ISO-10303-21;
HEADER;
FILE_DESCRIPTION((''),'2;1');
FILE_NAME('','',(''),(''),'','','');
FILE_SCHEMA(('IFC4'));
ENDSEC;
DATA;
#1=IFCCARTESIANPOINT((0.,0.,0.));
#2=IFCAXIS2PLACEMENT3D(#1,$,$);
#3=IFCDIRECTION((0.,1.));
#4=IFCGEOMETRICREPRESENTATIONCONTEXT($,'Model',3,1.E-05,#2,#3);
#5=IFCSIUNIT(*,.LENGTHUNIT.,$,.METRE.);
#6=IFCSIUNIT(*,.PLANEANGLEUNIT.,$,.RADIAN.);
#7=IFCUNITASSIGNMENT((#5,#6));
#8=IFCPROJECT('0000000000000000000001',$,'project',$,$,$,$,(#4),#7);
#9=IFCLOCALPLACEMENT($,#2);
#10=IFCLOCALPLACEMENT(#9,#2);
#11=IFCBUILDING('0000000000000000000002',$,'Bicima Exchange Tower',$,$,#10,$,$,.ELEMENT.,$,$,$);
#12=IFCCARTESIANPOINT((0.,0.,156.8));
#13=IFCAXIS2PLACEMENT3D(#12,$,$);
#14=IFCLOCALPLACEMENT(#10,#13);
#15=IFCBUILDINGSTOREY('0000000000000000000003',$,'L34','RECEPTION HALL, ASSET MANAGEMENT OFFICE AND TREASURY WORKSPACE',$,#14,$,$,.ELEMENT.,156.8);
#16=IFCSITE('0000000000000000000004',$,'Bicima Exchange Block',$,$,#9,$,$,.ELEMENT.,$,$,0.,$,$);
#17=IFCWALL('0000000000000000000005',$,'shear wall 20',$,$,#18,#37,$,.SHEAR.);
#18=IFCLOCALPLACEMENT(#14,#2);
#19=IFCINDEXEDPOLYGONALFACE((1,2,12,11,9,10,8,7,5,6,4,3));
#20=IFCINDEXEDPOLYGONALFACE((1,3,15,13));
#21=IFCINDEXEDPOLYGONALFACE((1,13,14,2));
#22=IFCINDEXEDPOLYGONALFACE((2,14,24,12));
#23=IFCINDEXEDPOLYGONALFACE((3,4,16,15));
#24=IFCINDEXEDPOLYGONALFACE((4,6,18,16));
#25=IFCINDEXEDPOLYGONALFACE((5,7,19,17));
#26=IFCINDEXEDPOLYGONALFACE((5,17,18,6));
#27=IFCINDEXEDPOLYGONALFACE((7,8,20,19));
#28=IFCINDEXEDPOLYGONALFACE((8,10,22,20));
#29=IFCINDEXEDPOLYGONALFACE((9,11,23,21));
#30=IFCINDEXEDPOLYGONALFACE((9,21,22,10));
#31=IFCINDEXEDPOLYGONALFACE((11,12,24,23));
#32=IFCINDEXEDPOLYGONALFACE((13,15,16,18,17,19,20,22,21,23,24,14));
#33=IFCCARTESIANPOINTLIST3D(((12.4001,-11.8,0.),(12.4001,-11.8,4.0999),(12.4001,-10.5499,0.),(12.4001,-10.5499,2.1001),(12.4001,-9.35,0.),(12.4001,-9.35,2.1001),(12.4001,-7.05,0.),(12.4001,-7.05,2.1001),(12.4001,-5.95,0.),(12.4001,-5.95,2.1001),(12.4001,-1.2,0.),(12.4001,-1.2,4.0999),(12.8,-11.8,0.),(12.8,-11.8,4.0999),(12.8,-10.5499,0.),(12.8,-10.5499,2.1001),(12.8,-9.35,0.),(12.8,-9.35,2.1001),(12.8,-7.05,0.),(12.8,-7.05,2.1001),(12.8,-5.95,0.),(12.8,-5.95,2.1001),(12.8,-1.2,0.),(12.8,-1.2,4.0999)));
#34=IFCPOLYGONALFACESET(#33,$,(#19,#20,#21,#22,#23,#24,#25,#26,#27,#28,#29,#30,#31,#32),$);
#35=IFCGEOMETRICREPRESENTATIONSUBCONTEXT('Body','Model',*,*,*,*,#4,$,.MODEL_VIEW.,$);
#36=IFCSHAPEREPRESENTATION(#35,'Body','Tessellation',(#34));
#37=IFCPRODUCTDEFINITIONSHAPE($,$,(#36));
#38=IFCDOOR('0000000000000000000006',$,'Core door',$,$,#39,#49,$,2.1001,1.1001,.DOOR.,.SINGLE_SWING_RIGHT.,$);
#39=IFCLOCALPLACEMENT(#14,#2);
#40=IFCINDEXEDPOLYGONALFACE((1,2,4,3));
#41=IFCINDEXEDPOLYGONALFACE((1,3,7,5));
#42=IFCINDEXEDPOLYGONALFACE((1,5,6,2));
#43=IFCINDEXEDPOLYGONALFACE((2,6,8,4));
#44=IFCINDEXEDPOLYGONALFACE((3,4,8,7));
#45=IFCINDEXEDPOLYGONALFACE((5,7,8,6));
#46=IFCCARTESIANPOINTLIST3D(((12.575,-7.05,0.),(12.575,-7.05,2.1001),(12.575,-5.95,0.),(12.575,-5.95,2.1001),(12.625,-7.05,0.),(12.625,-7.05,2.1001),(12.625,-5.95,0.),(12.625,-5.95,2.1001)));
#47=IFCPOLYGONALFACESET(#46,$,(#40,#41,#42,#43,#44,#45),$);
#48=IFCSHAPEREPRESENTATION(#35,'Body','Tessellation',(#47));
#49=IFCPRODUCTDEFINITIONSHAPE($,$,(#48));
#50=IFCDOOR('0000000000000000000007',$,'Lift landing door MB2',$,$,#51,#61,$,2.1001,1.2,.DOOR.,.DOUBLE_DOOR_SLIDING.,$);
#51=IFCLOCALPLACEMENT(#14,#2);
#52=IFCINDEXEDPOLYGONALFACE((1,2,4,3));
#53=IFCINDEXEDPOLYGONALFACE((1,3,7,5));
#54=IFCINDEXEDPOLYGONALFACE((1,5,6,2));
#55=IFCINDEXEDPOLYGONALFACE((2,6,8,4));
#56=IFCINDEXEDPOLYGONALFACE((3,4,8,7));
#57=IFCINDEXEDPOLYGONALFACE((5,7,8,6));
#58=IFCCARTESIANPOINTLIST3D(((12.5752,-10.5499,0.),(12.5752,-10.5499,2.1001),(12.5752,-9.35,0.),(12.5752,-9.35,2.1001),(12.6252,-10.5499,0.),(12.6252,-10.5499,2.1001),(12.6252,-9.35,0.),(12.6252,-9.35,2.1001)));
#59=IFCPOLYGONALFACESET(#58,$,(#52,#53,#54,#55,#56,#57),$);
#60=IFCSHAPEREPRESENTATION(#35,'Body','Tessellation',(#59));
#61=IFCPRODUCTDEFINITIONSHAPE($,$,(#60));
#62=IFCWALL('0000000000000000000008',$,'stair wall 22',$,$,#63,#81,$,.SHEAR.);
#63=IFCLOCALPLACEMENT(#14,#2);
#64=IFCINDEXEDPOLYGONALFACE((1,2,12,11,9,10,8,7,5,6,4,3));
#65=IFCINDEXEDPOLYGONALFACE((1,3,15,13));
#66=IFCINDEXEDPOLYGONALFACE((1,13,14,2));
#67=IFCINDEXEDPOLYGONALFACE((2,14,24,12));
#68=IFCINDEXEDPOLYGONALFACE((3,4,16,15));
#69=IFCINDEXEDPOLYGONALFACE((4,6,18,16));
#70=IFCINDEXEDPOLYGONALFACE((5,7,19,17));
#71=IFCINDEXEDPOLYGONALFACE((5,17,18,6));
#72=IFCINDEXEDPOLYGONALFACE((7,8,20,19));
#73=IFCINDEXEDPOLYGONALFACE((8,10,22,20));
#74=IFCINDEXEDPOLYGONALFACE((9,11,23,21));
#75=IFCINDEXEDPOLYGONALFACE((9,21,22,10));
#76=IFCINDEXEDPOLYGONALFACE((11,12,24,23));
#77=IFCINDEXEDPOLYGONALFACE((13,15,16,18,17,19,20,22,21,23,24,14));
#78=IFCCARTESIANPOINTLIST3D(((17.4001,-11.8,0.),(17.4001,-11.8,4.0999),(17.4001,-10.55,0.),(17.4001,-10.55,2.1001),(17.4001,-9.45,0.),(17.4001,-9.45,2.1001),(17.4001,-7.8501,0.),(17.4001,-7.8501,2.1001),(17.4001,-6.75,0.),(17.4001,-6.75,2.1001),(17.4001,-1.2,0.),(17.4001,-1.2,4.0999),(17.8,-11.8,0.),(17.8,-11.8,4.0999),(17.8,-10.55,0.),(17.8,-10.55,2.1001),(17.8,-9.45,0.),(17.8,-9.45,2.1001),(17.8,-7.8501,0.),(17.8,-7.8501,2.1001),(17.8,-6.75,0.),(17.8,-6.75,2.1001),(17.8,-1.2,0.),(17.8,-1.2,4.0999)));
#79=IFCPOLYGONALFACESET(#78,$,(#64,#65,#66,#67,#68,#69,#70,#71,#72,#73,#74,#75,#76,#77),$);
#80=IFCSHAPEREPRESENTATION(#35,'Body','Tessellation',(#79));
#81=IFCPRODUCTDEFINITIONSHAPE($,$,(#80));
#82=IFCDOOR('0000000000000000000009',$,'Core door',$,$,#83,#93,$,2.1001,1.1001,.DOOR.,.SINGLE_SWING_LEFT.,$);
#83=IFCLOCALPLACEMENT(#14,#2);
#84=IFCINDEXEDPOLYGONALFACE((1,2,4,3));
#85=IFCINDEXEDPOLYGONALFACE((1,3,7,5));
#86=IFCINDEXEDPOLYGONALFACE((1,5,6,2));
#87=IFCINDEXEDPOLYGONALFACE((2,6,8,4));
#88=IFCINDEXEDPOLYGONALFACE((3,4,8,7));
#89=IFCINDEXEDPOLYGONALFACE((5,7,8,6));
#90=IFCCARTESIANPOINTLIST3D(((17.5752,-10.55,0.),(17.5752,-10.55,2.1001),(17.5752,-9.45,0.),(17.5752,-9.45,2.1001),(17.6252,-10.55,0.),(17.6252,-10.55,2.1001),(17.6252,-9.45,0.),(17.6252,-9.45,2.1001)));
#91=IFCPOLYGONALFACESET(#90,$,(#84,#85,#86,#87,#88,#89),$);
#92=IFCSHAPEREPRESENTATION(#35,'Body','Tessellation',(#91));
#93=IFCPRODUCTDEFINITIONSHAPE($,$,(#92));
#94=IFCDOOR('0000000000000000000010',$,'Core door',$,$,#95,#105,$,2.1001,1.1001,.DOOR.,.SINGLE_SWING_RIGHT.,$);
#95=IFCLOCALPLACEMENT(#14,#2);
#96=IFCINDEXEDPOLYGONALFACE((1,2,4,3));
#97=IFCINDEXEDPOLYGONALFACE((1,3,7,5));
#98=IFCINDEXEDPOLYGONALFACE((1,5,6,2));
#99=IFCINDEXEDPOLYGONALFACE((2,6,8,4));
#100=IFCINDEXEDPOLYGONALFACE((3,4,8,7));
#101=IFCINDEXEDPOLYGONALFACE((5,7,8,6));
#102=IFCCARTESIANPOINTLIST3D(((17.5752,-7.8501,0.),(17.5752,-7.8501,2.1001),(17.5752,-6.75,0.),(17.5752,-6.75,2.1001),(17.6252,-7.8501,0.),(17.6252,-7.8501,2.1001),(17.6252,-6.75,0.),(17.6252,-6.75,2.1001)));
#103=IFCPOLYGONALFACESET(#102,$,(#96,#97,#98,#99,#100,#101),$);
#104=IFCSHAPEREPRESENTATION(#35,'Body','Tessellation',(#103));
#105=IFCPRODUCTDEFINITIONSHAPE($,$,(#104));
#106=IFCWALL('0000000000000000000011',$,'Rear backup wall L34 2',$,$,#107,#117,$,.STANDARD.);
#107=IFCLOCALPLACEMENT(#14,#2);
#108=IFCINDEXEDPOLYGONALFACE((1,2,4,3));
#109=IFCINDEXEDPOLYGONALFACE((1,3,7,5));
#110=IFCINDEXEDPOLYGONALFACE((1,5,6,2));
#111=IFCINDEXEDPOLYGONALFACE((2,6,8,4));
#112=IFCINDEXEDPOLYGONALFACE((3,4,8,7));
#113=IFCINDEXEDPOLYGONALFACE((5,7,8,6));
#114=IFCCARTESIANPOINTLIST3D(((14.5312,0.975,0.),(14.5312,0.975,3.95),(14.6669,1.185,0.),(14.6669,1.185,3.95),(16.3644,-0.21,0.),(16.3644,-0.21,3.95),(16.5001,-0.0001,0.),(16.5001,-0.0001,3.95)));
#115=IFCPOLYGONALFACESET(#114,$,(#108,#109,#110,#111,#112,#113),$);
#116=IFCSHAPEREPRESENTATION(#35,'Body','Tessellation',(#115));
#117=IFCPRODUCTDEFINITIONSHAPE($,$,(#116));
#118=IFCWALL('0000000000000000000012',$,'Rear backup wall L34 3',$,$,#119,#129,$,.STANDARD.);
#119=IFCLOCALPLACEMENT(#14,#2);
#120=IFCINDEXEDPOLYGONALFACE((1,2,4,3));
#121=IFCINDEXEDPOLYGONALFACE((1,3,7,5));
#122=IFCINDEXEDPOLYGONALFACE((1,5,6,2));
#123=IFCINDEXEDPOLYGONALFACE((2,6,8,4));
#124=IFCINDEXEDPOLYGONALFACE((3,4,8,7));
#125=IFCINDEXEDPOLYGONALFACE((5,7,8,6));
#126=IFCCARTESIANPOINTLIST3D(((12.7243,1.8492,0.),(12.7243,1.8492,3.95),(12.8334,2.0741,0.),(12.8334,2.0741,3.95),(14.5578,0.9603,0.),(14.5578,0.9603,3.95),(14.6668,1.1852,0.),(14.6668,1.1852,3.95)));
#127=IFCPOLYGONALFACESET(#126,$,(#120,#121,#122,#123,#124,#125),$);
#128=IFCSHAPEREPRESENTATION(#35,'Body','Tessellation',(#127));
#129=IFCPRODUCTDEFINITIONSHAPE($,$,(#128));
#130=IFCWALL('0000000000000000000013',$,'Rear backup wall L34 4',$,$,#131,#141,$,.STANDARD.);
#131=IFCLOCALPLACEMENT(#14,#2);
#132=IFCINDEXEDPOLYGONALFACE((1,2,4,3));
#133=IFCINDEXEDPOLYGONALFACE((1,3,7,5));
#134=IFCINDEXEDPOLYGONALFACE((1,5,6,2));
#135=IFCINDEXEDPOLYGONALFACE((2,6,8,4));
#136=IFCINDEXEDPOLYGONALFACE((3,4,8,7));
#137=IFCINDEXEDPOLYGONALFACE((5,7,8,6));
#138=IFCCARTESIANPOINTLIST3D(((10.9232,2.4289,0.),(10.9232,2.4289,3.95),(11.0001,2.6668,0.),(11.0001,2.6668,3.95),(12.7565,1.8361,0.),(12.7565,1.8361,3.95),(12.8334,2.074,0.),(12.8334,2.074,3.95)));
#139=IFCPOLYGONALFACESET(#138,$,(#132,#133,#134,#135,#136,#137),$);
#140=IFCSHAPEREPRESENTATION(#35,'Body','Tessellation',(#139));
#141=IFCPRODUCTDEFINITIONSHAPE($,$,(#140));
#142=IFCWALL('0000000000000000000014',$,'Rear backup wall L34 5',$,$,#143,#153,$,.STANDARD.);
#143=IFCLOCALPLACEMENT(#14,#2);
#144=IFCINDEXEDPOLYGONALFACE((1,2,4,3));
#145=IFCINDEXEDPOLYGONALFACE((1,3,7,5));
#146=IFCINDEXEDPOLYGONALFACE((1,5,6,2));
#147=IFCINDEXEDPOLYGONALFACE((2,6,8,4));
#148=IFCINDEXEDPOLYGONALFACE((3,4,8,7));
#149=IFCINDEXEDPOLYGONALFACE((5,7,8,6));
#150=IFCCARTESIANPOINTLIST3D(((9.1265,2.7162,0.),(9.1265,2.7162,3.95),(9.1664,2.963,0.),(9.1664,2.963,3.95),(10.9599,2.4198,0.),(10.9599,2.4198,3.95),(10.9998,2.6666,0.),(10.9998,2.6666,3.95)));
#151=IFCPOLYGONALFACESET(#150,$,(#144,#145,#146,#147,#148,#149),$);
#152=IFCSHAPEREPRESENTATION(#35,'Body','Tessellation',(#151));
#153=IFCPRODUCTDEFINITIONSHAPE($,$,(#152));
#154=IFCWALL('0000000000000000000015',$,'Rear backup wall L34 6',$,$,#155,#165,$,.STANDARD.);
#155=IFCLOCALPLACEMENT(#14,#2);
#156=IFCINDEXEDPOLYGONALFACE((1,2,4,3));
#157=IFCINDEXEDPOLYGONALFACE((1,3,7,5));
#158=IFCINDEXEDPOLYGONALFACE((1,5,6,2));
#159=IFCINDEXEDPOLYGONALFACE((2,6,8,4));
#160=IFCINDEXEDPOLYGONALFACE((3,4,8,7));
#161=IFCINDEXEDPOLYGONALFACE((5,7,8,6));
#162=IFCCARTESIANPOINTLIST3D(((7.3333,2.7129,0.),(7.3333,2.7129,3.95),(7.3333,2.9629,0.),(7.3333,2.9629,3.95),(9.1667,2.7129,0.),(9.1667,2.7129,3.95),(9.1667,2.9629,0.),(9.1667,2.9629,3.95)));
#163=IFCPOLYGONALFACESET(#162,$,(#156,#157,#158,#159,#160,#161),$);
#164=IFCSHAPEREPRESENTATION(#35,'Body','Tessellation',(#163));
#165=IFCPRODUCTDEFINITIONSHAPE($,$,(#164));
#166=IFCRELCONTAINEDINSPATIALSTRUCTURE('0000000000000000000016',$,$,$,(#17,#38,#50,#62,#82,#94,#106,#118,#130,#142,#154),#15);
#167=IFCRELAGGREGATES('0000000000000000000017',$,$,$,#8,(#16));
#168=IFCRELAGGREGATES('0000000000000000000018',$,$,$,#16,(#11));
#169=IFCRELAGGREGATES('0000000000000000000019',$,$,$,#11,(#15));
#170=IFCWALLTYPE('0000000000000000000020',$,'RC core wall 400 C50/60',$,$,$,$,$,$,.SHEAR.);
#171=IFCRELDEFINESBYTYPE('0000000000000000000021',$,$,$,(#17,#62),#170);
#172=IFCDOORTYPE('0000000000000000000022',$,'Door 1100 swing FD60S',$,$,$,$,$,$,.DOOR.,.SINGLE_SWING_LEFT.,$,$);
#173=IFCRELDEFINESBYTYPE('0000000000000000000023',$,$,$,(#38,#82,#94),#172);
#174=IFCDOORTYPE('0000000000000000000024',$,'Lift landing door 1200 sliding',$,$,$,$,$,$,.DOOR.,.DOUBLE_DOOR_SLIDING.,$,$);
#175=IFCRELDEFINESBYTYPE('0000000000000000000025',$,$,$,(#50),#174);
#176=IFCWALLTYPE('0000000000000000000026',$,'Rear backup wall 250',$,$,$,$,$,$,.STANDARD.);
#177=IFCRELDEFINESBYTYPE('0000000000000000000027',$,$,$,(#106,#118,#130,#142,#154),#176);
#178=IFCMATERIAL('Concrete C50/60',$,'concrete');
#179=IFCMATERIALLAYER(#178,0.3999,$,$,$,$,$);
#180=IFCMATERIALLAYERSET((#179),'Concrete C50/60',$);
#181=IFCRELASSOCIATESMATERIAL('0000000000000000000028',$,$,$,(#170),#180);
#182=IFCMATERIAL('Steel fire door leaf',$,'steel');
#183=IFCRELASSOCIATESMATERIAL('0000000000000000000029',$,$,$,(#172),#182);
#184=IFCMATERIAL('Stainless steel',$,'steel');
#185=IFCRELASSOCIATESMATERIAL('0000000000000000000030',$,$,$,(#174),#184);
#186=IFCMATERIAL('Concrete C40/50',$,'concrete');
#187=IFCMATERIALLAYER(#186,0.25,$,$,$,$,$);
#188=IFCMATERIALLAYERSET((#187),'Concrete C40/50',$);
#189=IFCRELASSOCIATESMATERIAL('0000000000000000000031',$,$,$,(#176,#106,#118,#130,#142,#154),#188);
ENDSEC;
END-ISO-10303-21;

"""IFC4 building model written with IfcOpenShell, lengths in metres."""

from ifc_helpers import new_model, si_unit, direction, frame, frame_2d, origin, place, context, subcontext, project, spatial, rectangle, extrude, material, layer, layer_set, layer_usage, type_object, element, fill, save


model = new_model("IFC4")

# Units and contexts
model_context = context("Model", 3, precision=1e-05, world=origin(), true_north=direction((0.0, 1.0)))
body_context = subcontext(model_context, "Body", "Model", "MODEL_VIEW")
ifc_project = project(units=[si_unit("LENGTHUNIT", "METRE"), si_unit("PLANEANGLEUNIT", "RADIAN")], contexts=[model_context])

# Site, building, storey
site_placement = place(None, origin())
site = spatial("IfcSite", under=ifc_project, at=site_placement, Name="Bicima Exchange Block", CompositionType="ELEMENT", RefElevation=0.0)
building_placement = place(site_placement, origin())
building = spatial("IfcBuilding", under=site, at=building_placement, Name="Bicima Exchange Tower", CompositionType="ELEMENT")
storey_placement = place(building_placement, frame((0.0, 0.0, 156.8)))
storey = spatial("IfcBuildingStorey", under=building, at=storey_placement, Name="L34", Description="RECEPTION HALL, ASSET MANAGEMENT OFFICE AND TREASURY WORKSPACE", CompositionType="ELEMENT", Elevation=156.8)

# Shared definitions
ifc_material_1 = material(Name="Concrete C50/60", Category="concrete")
ifc_layer_1 = layer(ifc_material_1, 0.3999)
ifc_layer_set_1 = layer_set([ifc_layer_1], Name="Concrete C50/60")
wall_type_1 = type_object("IfcWallType", Name="RC core wall 400 C50/60", PredefinedType="SHEAR", material=ifc_layer_set_1)
ifc_material_2 = material(Name="Steel fire door leaf", Category="steel")

# Walls, openings, doors
wall_1_placement = place(storey_placement, frame((12.6001, -11.8, 0.0), z_axis=(0.0, 0.0, 1.0), x_axis=(0.0, 1.0, 0.0)))
wall_1 = element("IfcWall", 1, at=wall_1_placement, inside=storey, type_object=wall_type_1, Name="shear wall 20", PredefinedType="SHEAR", context=body_context, shape_type="SweptSolid", body=[
    extrude(rectangle(XDim=10.6001, YDim=0.3999, at=frame_2d((5.3, 0.0))), origin(), (0.0, 0.0, 1.0), 4.0999),
])
opening_1_placement = place(wall_1_placement, frame((1.25, 0.0, 0.0)))
opening_1 = element("IfcOpeningElement", 2, at=opening_1_placement, cuts=wall_1, PredefinedType="OPENING", context=body_context, shape_type="SweptSolid", body=[
    extrude(rectangle(XDim=1.2, YDim=2.1001, at=frame_2d((0.6001, 1.05))), frame((0.0, 0.2119, 0.0), z_axis=(0.0, -1.0, 0.0), x_axis=(1.0, 0.0, 0.0)), (0.0, 0.0, 1.0), 0.4238),
])
opening_2_placement = place(wall_1_placement, frame((4.75, 0.0, 0.0)))
opening_2 = element("IfcOpeningElement", 3, at=opening_2_placement, cuts=wall_1, PredefinedType="OPENING", context=body_context, shape_type="SweptSolid", body=[
    extrude(rectangle(XDim=1.1001, YDim=2.1001, at=frame_2d((0.55, 1.05))), frame((0.0, 0.2119, 0.0), z_axis=(0.0, -1.0, 0.0), x_axis=(1.0, 0.0, 0.0)), (0.0, 0.0, 1.0), 0.4238),
])
door_type_1 = type_object("IfcDoorType", Name="Door 1100 swing FD60S", OperationType="SINGLE_SWING_LEFT", PredefinedType="DOOR", material=ifc_material_2)
door_1_placement = place(opening_2_placement, frame((1.1001, 0.0, 0.0), z_axis=(0.0, 0.0, 1.0), x_axis=(-1.0, 0.0, 0.0)))
door_1 = element("IfcDoor", 4, at=door_1_placement, inside=storey, type_object=door_type_1, Name="Core door", OperationType="SINGLE_SWING_RIGHT", OverallHeight=2.1001, OverallWidth=1.1001, PredefinedType="DOOR", context=body_context, shape_type="SweptSolid", body=[
    extrude(rectangle(XDim=1.1001, YDim=2.1001, at=frame_2d((0.55, 1.05))), frame((0.0, 0.0249, 0.0), z_axis=(0.0, -1.0, 0.0), x_axis=(1.0, 0.0, 0.0)), (0.0, 0.0, 1.0), 0.05),
])
fill(opening_2, door_1)
ifc_material_3 = material(Name="Stainless steel", Category="steel")
door_type_2 = type_object("IfcDoorType", Name="Lift landing door 1200 sliding", OperationType="DOUBLE_DOOR_SLIDING", PredefinedType="DOOR", material=ifc_material_3)
door_2_placement = place(opening_1_placement, origin())
door_2 = element("IfcDoor", 5, at=door_2_placement, inside=storey, type_object=door_type_2, Name="Lift landing door MB2", OperationType="DOUBLE_DOOR_SLIDING", OverallHeight=2.1001, OverallWidth=1.2, PredefinedType="DOOR", context=body_context, shape_type="SweptSolid", body=[
    extrude(rectangle(XDim=1.2, YDim=2.1001, at=frame_2d((0.6001, 1.05))), frame((0.0, 0.0249, 0.0), z_axis=(0.0, -1.0, 0.0), x_axis=(1.0, 0.0, 0.0)), (0.0, 0.0, 1.0), 0.05),
])
fill(opening_1, door_2)
wall_2_placement = place(storey_placement, frame((17.6001, -11.8, 0.0), z_axis=(0.0, 0.0, 1.0), x_axis=(0.0, 1.0, 0.0)))
wall_2 = element("IfcWall", 6, at=wall_2_placement, inside=storey, type_object=wall_type_1, Name="stair wall 22", PredefinedType="SHEAR", context=body_context, shape_type="SweptSolid", body=[
    extrude(rectangle(XDim=10.6001, YDim=0.3999, at=frame_2d((5.3, 0.0))), origin(), (0.0, 0.0, 1.0), 4.0999),
])
opening_3_placement = place(wall_2_placement, frame((1.25, 0.0, 0.0)))
opening_3 = element("IfcOpeningElement", 7, at=opening_3_placement, cuts=wall_2, PredefinedType="OPENING", context=body_context, shape_type="SweptSolid", body=[
    extrude(rectangle(XDim=1.1001, YDim=2.1001, at=frame_2d((0.55, 1.05))), frame((0.0, 0.2119, 0.0), z_axis=(0.0, -1.0, 0.0), x_axis=(1.0, 0.0, 0.0)), (0.0, 0.0, 1.0), 0.4238),
])
opening_4_placement = place(wall_2_placement, frame((3.95, 0.0, 0.0)))
opening_4 = element("IfcOpeningElement", 8, at=opening_4_placement, cuts=wall_2, PredefinedType="OPENING", context=body_context, shape_type="SweptSolid", body=[
    extrude(rectangle(XDim=1.1001, YDim=2.1001, at=frame_2d((0.55, 1.05))), frame((0.0, 0.2119, 0.0), z_axis=(0.0, -1.0, 0.0), x_axis=(1.0, 0.0, 0.0)), (0.0, 0.0, 1.0), 0.4238),
])
door_3_placement = place(opening_3_placement, origin())
door_3 = element("IfcDoor", 9, at=door_3_placement, inside=storey, type_object=door_type_1, Name="Core door", OperationType="SINGLE_SWING_LEFT", OverallHeight=2.1001, OverallWidth=1.1001, PredefinedType="DOOR", context=body_context, shape_type="SweptSolid", body=[
    extrude(rectangle(XDim=1.1001, YDim=2.1001, at=frame_2d((0.55, 1.05))), frame((0.0, 0.0249, 0.0), z_axis=(0.0, -1.0, 0.0), x_axis=(1.0, 0.0, 0.0)), (0.0, 0.0, 1.0), 0.05),
])
fill(opening_3, door_3)
door_4_placement = place(opening_4_placement, origin())
door_4 = element("IfcDoor", 10, at=door_4_placement, inside=storey, type_object=door_type_1, Name="Core door", OperationType="SINGLE_SWING_RIGHT", OverallHeight=2.1001, OverallWidth=1.1001, PredefinedType="DOOR", context=body_context, shape_type="SweptSolid", body=[
    extrude(rectangle(XDim=1.1001, YDim=2.1001, at=frame_2d((0.55, 1.05))), frame((0.0, 0.0249, 0.0), z_axis=(0.0, -1.0, 0.0), x_axis=(1.0, 0.0, 0.0)), (0.0, 0.0, 1.0), 0.05),
])
fill(opening_4, door_4)

# Walls
ifc_material_4 = material(Name="Concrete C40/50", Category="concrete")
ifc_layer_2 = layer(ifc_material_4, 0.25)
ifc_layer_set_2 = layer_set([ifc_layer_2], Name="Concrete C40/50")
ifc_layer_usage = layer_usage(ifc_layer_set_2, "AXIS2", "POSITIVE", -0.125)
wall_type_2 = type_object("IfcWallType", Name="Rear backup wall 250", PredefinedType="STANDARD", material=ifc_layer_set_2)
wall_3_placement = place(storey_placement, frame((16.4321, -0.105, 0.0), z_axis=(0.0, 0.0, 1.0), x_axis=(-0.839813, 0.542876, 0.0)))
element("IfcWall", 11, at=wall_3_placement, inside=storey, type_object=wall_type_2, material=ifc_layer_usage, Name="Rear backup wall L34 2", PredefinedType="STANDARD", context=body_context, shape_type="SweptSolid", body=[
    extrude(rectangle(XDim=2.1829, YDim=0.25, at=frame_2d((1.0913, 0.0))), origin(), (0.0, 0.0, 1.0), 3.95),
])
wall_4_placement = place(storey_placement, frame((14.6123, 1.0728, 0.0), z_axis=(0.0, 0.0, 1.0), x_axis=(-0.899824, 0.436253, 0.0)))
element("IfcWall", 12, at=wall_4_placement, inside=storey, type_object=wall_type_2, material=ifc_layer_usage, Name="Rear backup wall L34 3", PredefinedType="STANDARD", context=body_context, shape_type="SweptSolid", body=[
    extrude(rectangle(XDim=2.0376, YDim=0.25, at=frame_2d((1.0188, 0.0))), origin(), (0.0, 0.0, 1.0), 3.95),
])
wall_5_placement = place(storey_placement, frame((12.7949, 1.9551, 0.0), z_axis=(0.0, 0.0, 1.0), x_axis=(-0.951496, 0.307662, 0.0)))
element("IfcWall", 13, at=wall_5_placement, inside=storey, type_object=wall_type_2, material=ifc_layer_usage, Name="Rear backup wall L34 4", PredefinedType="STANDARD", context=body_context, shape_type="SweptSolid", body=[
    extrude(rectangle(XDim=1.9268, YDim=0.25, at=frame_2d((0.9634, 0.0))), origin(), (0.0, 0.0, 1.0), 3.95),
])
wall_6_placement = place(storey_placement, frame((10.98, 2.5432, 0.0), z_axis=(0.0, 0.0, 1.0), x_axis=(-0.987182, 0.1596, 0.0)))
element("IfcWall", 14, at=wall_6_placement, inside=storey, type_object=wall_type_2, material=ifc_layer_usage, Name="Rear backup wall L34 5", PredefinedType="STANDARD", context=body_context, shape_type="SweptSolid", body=[
    extrude(rectangle(XDim=1.8572, YDim=0.25, at=frame_2d((0.9287, 0.0))), origin(), (0.0, 0.0, 1.0), 3.95),
])
wall_7_placement = place(storey_placement, frame((9.1667, 2.8379, 0.0), z_axis=(0.0, 0.0, 1.0), x_axis=(-1.0, 0.0, 0.0)))
element("IfcWall", 15, at=wall_7_placement, inside=storey, type_object=wall_type_2, material=ifc_layer_usage, Name="Rear backup wall L34 6", PredefinedType="STANDARD", context=body_context, shape_type="SweptSolid", body=[
    extrude(rectangle(XDim=1.8335, YDim=0.25, at=frame_2d((0.9167, 0.0))), origin(), (0.0, 0.0, 1.0), 3.95),
])

save(model, "model.ifc")
